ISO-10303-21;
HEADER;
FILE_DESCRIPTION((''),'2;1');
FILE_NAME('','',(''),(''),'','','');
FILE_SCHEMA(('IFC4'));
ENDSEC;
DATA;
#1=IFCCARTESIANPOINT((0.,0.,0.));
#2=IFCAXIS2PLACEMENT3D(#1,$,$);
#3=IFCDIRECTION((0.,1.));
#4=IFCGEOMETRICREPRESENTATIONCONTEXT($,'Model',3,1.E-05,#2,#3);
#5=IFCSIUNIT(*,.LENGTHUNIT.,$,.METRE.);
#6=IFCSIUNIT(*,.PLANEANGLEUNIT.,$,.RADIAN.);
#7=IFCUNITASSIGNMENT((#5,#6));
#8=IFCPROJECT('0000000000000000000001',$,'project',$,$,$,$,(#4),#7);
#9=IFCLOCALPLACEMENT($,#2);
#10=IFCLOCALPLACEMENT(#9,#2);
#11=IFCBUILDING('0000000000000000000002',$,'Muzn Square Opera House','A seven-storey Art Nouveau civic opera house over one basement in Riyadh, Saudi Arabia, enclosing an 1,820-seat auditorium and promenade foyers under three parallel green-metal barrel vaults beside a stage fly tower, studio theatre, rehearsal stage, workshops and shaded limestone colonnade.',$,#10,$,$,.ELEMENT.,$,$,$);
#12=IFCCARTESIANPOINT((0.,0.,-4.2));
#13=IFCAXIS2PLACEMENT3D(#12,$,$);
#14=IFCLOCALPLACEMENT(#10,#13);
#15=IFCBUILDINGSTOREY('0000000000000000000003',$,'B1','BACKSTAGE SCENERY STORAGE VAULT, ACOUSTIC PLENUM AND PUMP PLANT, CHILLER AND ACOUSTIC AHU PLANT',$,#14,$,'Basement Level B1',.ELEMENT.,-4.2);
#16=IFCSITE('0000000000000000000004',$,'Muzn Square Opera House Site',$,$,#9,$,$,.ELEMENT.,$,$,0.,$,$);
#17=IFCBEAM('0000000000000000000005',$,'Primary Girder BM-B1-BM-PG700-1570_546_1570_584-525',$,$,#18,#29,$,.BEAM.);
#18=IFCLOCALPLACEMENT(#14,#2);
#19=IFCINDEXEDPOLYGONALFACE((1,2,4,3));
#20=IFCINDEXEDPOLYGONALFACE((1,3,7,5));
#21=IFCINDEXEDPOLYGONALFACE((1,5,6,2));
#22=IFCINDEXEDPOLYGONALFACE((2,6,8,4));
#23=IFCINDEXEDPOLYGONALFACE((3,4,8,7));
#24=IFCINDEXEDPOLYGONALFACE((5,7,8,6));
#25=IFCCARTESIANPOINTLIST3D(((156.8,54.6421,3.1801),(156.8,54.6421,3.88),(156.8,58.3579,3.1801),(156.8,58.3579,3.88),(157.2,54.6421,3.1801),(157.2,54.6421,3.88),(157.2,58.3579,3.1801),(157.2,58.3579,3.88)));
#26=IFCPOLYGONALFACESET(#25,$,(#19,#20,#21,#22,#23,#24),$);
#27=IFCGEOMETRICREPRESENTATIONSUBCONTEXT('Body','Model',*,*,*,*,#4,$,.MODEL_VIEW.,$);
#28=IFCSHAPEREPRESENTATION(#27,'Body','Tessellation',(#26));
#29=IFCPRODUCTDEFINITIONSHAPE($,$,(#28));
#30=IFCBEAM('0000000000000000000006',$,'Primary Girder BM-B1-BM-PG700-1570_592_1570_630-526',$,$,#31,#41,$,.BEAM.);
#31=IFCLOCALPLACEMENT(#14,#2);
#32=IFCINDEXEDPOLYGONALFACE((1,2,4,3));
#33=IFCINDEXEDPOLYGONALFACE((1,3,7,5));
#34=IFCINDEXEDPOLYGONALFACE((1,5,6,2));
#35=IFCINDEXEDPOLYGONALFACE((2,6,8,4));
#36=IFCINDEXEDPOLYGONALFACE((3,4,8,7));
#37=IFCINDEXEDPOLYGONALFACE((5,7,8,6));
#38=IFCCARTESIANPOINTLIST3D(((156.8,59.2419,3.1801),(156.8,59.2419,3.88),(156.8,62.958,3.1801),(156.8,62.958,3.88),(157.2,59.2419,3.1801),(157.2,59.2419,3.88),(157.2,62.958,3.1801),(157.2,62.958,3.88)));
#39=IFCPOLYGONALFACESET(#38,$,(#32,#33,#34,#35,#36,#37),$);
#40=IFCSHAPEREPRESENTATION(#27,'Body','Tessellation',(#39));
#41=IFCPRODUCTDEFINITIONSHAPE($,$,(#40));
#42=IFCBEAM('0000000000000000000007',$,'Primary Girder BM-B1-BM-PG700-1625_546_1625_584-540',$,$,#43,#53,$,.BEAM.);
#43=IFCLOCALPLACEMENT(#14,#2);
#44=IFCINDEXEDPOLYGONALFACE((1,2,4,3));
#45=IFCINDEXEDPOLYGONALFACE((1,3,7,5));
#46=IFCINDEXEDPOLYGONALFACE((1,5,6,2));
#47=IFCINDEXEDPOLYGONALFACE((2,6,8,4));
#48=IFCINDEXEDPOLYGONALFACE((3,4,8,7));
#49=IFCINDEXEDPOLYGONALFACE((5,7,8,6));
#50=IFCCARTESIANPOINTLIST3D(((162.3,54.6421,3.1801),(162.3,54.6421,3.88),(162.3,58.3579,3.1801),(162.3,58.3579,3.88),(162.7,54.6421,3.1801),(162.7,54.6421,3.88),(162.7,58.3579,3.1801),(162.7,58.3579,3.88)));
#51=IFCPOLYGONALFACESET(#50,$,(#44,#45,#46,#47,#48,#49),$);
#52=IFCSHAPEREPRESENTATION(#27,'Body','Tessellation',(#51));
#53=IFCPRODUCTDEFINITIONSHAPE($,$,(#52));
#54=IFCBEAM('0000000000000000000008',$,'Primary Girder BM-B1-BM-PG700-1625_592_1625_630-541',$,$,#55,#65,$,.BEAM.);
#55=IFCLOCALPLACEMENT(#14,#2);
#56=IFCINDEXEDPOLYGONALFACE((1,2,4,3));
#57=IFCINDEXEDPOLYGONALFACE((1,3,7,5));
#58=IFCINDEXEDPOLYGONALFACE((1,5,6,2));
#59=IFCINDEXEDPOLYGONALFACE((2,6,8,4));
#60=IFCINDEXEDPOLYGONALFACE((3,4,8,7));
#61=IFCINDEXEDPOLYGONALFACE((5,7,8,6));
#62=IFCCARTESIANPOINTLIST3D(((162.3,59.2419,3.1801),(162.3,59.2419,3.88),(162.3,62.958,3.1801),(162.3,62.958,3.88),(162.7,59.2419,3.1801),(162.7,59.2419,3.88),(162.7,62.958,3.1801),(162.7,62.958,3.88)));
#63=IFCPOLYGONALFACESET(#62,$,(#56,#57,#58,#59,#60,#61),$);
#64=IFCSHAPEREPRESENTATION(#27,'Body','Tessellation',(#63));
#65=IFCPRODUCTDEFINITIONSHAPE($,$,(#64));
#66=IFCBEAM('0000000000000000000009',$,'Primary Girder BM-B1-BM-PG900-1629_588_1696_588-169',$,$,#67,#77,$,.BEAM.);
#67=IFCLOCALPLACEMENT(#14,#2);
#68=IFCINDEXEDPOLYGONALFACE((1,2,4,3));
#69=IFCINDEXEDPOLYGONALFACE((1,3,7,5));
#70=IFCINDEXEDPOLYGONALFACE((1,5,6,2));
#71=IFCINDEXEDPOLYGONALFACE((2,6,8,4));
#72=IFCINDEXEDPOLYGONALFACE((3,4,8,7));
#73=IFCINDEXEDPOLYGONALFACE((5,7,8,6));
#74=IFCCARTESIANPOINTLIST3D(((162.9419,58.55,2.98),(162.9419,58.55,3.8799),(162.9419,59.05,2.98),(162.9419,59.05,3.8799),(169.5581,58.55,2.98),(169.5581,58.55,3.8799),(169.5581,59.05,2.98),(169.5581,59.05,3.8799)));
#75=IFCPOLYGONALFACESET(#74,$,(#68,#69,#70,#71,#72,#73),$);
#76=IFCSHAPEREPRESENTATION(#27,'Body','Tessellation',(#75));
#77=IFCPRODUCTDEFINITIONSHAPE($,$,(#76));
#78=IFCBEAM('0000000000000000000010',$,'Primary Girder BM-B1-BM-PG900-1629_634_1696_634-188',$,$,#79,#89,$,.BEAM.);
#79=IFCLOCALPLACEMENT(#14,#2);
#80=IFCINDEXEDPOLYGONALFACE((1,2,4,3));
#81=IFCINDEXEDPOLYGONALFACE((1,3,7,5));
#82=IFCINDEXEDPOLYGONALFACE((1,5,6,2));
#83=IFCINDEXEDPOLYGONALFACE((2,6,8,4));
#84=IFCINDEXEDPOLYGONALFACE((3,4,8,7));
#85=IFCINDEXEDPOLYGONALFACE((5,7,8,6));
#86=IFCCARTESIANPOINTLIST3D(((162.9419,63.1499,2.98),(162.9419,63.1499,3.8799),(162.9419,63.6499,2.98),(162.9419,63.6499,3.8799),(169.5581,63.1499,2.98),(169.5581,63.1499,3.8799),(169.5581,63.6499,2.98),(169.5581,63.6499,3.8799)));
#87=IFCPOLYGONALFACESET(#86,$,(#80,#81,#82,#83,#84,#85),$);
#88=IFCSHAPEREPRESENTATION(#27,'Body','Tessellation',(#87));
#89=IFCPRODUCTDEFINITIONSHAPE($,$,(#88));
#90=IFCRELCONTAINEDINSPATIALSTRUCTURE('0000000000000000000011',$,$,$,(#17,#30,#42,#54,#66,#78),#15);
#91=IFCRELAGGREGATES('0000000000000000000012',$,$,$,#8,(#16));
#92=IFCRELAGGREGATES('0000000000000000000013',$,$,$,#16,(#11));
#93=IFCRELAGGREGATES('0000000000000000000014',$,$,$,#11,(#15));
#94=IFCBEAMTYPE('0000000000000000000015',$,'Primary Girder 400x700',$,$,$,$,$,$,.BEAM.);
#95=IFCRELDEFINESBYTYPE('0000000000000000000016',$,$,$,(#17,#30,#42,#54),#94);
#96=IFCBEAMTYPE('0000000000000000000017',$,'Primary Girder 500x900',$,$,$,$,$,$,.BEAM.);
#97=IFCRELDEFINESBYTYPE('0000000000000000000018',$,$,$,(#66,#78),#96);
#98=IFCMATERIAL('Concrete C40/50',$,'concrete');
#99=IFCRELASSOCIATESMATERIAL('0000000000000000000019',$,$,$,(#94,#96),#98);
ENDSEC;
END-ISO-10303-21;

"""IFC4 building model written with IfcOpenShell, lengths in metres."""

from ifc_helpers import new_model, si_unit, direction, frame, origin, origin_2d, place, context, subcontext, project, spatial, rectangle, extrude, material, material_profile, profile_set, type_object, element, save


model = new_model("IFC4")

# Units and contexts
model_context = context("Model", 3, precision=1e-05, world=origin(), true_north=direction((0.0, 1.0)))
body_context = subcontext(model_context, "Body", "Model", "MODEL_VIEW")
ifc_project = project(units=[si_unit("LENGTHUNIT", "METRE"), si_unit("PLANEANGLEUNIT", "RADIAN")], contexts=[model_context])

# Site, building, storey
site_placement = place(None, origin())
site = spatial("IfcSite", under=ifc_project, at=site_placement, Name="Muzn Square Opera House Site", CompositionType="ELEMENT", RefElevation=0.0)
building_placement = place(site_placement, origin())
building = spatial("IfcBuilding", under=site, at=building_placement, Name="Muzn Square Opera House", Description="A seven-storey Art Nouveau civic opera house over one basement in Riyadh, Saudi Arabia, enclosing an 1,820-seat auditorium and promenade foyers under three parallel green-metal barrel vaults beside a stage fly tower, studio theatre, rehearsal stage, workshops and shaded limestone colonnade.", CompositionType="ELEMENT")
storey_placement = place(building_placement, frame((0.0, 0.0, -4.2)))
storey = spatial("IfcBuildingStorey", under=building, at=storey_placement, Name="B1", Description="BACKSTAGE SCENERY STORAGE VAULT, ACOUSTIC PLENUM AND PUMP PLANT, CHILLER AND ACOUSTIC AHU PLANT", LongName="Basement Level B1", CompositionType="ELEMENT", Elevation=-4.2)

# Shared definitions
ifc_material_1 = material(Name="Concrete C40/50", Category="concrete")

# Beams
ifc_material_profile_1 = material_profile(ifc_material_1, rectangle(XDim=0.3999, YDim=0.7, at=origin_2d()), Name="RCB 400x700", Category="concrete")
ifc_profile_set_1 = profile_set([ifc_material_profile_1], Name="Concrete C40/50")
beam_type_1 = type_object("IfcBeamType", Name="Primary Girder 400x700", PredefinedType="BEAM", material=ifc_profile_set_1)
beam_1_placement = place(storey_placement, frame((157.0, 54.6421, 3.53), z_axis=(0.0, 1.0, 0.0), x_axis=(-1.0, 0.0, 0.0)))
element("IfcBeam", 1, at=beam_1_placement, inside=storey, type_object=beam_type_1, Name="Primary Girder BM-B1-BM-PG700-1570_546_1570_584-525", PredefinedType="BEAM", context=body_context, shape_type="SweptSolid", body=[
    extrude(rectangle(XDim=0.3999, YDim=0.7, at=origin_2d()), origin(), (0.0, 0.0, 1.0), 3.7158),
])
beam_2_placement = place(storey_placement, frame((157.0, 59.2419, 3.53), z_axis=(0.0, 1.0, 0.0), x_axis=(-1.0, 0.0, 0.0)))
element("IfcBeam", 2, at=beam_2_placement, inside=storey, type_object=beam_type_1, Name="Primary Girder BM-B1-BM-PG700-1570_592_1570_630-526", PredefinedType="BEAM", context=body_context, shape_type="SweptSolid", body=[
    extrude(rectangle(XDim=0.3999, YDim=0.7, at=origin_2d()), origin(), (0.0, 0.0, 1.0), 3.7161),
])
beam_3_placement = place(storey_placement, frame((162.5, 54.6421, 3.53), z_axis=(0.0, 1.0, 0.0), x_axis=(-1.0, 0.0, 0.0)))
element("IfcBeam", 3, at=beam_3_placement, inside=storey, type_object=beam_type_1, Name="Primary Girder BM-B1-BM-PG700-1625_546_1625_584-540", PredefinedType="BEAM", context=body_context, shape_type="SweptSolid", body=[
    extrude(rectangle(XDim=0.3999, YDim=0.7, at=origin_2d()), origin(), (0.0, 0.0, 1.0), 3.7158),
])
beam_4_placement = place(storey_placement, frame((162.5, 59.2419, 3.53), z_axis=(0.0, 1.0, 0.0), x_axis=(-1.0, 0.0, 0.0)))
element("IfcBeam", 4, at=beam_4_placement, inside=storey, type_object=beam_type_1, Name="Primary Girder BM-B1-BM-PG700-1625_592_1625_630-541", PredefinedType="BEAM", context=body_context, shape_type="SweptSolid", body=[
    extrude(rectangle(XDim=0.3999, YDim=0.7, at=origin_2d()), origin(), (0.0, 0.0, 1.0), 3.7161),
])
ifc_material_profile_2 = material_profile(ifc_material_1, rectangle(XDim=0.5, YDim=0.8999, at=origin_2d()), Name="RCB 500x900", Category="concrete")
ifc_profile_set_2 = profile_set([ifc_material_profile_2], Name="Concrete C40/50")
beam_type_2 = type_object("IfcBeamType", Name="Primary Girder 500x900", PredefinedType="BEAM", material=ifc_profile_set_2)
for number, where, z_axis, x_axis, name in (
    (5, (162.9419, 58.8, 3.4299), (1.0, 0.0, 0.0), (0.0, 1.0, 0.0), "Primary Girder BM-B1-BM-PG900-1629_588_1696_588-169"),
    (6, (162.9419, 63.3999, 3.4299), (1.0, 0.0, 0.0), (0.0, 1.0, 0.0), "Primary Girder BM-B1-BM-PG900-1629_634_1696_634-188"),
):
    element("IfcBeam", number, at=place(storey_placement, frame(where, z_axis=z_axis, x_axis=x_axis)), inside=storey, type_object=beam_type_2, Name=name, PredefinedType="BEAM", context=body_context, shape_type="SweptSolid", body=[
        extrude(rectangle(XDim=0.5, YDim=0.8999, at=origin_2d()), origin(), (0.0, 0.0, 1.0), 6.6162),
    ])

save(model, "model.ifc")
